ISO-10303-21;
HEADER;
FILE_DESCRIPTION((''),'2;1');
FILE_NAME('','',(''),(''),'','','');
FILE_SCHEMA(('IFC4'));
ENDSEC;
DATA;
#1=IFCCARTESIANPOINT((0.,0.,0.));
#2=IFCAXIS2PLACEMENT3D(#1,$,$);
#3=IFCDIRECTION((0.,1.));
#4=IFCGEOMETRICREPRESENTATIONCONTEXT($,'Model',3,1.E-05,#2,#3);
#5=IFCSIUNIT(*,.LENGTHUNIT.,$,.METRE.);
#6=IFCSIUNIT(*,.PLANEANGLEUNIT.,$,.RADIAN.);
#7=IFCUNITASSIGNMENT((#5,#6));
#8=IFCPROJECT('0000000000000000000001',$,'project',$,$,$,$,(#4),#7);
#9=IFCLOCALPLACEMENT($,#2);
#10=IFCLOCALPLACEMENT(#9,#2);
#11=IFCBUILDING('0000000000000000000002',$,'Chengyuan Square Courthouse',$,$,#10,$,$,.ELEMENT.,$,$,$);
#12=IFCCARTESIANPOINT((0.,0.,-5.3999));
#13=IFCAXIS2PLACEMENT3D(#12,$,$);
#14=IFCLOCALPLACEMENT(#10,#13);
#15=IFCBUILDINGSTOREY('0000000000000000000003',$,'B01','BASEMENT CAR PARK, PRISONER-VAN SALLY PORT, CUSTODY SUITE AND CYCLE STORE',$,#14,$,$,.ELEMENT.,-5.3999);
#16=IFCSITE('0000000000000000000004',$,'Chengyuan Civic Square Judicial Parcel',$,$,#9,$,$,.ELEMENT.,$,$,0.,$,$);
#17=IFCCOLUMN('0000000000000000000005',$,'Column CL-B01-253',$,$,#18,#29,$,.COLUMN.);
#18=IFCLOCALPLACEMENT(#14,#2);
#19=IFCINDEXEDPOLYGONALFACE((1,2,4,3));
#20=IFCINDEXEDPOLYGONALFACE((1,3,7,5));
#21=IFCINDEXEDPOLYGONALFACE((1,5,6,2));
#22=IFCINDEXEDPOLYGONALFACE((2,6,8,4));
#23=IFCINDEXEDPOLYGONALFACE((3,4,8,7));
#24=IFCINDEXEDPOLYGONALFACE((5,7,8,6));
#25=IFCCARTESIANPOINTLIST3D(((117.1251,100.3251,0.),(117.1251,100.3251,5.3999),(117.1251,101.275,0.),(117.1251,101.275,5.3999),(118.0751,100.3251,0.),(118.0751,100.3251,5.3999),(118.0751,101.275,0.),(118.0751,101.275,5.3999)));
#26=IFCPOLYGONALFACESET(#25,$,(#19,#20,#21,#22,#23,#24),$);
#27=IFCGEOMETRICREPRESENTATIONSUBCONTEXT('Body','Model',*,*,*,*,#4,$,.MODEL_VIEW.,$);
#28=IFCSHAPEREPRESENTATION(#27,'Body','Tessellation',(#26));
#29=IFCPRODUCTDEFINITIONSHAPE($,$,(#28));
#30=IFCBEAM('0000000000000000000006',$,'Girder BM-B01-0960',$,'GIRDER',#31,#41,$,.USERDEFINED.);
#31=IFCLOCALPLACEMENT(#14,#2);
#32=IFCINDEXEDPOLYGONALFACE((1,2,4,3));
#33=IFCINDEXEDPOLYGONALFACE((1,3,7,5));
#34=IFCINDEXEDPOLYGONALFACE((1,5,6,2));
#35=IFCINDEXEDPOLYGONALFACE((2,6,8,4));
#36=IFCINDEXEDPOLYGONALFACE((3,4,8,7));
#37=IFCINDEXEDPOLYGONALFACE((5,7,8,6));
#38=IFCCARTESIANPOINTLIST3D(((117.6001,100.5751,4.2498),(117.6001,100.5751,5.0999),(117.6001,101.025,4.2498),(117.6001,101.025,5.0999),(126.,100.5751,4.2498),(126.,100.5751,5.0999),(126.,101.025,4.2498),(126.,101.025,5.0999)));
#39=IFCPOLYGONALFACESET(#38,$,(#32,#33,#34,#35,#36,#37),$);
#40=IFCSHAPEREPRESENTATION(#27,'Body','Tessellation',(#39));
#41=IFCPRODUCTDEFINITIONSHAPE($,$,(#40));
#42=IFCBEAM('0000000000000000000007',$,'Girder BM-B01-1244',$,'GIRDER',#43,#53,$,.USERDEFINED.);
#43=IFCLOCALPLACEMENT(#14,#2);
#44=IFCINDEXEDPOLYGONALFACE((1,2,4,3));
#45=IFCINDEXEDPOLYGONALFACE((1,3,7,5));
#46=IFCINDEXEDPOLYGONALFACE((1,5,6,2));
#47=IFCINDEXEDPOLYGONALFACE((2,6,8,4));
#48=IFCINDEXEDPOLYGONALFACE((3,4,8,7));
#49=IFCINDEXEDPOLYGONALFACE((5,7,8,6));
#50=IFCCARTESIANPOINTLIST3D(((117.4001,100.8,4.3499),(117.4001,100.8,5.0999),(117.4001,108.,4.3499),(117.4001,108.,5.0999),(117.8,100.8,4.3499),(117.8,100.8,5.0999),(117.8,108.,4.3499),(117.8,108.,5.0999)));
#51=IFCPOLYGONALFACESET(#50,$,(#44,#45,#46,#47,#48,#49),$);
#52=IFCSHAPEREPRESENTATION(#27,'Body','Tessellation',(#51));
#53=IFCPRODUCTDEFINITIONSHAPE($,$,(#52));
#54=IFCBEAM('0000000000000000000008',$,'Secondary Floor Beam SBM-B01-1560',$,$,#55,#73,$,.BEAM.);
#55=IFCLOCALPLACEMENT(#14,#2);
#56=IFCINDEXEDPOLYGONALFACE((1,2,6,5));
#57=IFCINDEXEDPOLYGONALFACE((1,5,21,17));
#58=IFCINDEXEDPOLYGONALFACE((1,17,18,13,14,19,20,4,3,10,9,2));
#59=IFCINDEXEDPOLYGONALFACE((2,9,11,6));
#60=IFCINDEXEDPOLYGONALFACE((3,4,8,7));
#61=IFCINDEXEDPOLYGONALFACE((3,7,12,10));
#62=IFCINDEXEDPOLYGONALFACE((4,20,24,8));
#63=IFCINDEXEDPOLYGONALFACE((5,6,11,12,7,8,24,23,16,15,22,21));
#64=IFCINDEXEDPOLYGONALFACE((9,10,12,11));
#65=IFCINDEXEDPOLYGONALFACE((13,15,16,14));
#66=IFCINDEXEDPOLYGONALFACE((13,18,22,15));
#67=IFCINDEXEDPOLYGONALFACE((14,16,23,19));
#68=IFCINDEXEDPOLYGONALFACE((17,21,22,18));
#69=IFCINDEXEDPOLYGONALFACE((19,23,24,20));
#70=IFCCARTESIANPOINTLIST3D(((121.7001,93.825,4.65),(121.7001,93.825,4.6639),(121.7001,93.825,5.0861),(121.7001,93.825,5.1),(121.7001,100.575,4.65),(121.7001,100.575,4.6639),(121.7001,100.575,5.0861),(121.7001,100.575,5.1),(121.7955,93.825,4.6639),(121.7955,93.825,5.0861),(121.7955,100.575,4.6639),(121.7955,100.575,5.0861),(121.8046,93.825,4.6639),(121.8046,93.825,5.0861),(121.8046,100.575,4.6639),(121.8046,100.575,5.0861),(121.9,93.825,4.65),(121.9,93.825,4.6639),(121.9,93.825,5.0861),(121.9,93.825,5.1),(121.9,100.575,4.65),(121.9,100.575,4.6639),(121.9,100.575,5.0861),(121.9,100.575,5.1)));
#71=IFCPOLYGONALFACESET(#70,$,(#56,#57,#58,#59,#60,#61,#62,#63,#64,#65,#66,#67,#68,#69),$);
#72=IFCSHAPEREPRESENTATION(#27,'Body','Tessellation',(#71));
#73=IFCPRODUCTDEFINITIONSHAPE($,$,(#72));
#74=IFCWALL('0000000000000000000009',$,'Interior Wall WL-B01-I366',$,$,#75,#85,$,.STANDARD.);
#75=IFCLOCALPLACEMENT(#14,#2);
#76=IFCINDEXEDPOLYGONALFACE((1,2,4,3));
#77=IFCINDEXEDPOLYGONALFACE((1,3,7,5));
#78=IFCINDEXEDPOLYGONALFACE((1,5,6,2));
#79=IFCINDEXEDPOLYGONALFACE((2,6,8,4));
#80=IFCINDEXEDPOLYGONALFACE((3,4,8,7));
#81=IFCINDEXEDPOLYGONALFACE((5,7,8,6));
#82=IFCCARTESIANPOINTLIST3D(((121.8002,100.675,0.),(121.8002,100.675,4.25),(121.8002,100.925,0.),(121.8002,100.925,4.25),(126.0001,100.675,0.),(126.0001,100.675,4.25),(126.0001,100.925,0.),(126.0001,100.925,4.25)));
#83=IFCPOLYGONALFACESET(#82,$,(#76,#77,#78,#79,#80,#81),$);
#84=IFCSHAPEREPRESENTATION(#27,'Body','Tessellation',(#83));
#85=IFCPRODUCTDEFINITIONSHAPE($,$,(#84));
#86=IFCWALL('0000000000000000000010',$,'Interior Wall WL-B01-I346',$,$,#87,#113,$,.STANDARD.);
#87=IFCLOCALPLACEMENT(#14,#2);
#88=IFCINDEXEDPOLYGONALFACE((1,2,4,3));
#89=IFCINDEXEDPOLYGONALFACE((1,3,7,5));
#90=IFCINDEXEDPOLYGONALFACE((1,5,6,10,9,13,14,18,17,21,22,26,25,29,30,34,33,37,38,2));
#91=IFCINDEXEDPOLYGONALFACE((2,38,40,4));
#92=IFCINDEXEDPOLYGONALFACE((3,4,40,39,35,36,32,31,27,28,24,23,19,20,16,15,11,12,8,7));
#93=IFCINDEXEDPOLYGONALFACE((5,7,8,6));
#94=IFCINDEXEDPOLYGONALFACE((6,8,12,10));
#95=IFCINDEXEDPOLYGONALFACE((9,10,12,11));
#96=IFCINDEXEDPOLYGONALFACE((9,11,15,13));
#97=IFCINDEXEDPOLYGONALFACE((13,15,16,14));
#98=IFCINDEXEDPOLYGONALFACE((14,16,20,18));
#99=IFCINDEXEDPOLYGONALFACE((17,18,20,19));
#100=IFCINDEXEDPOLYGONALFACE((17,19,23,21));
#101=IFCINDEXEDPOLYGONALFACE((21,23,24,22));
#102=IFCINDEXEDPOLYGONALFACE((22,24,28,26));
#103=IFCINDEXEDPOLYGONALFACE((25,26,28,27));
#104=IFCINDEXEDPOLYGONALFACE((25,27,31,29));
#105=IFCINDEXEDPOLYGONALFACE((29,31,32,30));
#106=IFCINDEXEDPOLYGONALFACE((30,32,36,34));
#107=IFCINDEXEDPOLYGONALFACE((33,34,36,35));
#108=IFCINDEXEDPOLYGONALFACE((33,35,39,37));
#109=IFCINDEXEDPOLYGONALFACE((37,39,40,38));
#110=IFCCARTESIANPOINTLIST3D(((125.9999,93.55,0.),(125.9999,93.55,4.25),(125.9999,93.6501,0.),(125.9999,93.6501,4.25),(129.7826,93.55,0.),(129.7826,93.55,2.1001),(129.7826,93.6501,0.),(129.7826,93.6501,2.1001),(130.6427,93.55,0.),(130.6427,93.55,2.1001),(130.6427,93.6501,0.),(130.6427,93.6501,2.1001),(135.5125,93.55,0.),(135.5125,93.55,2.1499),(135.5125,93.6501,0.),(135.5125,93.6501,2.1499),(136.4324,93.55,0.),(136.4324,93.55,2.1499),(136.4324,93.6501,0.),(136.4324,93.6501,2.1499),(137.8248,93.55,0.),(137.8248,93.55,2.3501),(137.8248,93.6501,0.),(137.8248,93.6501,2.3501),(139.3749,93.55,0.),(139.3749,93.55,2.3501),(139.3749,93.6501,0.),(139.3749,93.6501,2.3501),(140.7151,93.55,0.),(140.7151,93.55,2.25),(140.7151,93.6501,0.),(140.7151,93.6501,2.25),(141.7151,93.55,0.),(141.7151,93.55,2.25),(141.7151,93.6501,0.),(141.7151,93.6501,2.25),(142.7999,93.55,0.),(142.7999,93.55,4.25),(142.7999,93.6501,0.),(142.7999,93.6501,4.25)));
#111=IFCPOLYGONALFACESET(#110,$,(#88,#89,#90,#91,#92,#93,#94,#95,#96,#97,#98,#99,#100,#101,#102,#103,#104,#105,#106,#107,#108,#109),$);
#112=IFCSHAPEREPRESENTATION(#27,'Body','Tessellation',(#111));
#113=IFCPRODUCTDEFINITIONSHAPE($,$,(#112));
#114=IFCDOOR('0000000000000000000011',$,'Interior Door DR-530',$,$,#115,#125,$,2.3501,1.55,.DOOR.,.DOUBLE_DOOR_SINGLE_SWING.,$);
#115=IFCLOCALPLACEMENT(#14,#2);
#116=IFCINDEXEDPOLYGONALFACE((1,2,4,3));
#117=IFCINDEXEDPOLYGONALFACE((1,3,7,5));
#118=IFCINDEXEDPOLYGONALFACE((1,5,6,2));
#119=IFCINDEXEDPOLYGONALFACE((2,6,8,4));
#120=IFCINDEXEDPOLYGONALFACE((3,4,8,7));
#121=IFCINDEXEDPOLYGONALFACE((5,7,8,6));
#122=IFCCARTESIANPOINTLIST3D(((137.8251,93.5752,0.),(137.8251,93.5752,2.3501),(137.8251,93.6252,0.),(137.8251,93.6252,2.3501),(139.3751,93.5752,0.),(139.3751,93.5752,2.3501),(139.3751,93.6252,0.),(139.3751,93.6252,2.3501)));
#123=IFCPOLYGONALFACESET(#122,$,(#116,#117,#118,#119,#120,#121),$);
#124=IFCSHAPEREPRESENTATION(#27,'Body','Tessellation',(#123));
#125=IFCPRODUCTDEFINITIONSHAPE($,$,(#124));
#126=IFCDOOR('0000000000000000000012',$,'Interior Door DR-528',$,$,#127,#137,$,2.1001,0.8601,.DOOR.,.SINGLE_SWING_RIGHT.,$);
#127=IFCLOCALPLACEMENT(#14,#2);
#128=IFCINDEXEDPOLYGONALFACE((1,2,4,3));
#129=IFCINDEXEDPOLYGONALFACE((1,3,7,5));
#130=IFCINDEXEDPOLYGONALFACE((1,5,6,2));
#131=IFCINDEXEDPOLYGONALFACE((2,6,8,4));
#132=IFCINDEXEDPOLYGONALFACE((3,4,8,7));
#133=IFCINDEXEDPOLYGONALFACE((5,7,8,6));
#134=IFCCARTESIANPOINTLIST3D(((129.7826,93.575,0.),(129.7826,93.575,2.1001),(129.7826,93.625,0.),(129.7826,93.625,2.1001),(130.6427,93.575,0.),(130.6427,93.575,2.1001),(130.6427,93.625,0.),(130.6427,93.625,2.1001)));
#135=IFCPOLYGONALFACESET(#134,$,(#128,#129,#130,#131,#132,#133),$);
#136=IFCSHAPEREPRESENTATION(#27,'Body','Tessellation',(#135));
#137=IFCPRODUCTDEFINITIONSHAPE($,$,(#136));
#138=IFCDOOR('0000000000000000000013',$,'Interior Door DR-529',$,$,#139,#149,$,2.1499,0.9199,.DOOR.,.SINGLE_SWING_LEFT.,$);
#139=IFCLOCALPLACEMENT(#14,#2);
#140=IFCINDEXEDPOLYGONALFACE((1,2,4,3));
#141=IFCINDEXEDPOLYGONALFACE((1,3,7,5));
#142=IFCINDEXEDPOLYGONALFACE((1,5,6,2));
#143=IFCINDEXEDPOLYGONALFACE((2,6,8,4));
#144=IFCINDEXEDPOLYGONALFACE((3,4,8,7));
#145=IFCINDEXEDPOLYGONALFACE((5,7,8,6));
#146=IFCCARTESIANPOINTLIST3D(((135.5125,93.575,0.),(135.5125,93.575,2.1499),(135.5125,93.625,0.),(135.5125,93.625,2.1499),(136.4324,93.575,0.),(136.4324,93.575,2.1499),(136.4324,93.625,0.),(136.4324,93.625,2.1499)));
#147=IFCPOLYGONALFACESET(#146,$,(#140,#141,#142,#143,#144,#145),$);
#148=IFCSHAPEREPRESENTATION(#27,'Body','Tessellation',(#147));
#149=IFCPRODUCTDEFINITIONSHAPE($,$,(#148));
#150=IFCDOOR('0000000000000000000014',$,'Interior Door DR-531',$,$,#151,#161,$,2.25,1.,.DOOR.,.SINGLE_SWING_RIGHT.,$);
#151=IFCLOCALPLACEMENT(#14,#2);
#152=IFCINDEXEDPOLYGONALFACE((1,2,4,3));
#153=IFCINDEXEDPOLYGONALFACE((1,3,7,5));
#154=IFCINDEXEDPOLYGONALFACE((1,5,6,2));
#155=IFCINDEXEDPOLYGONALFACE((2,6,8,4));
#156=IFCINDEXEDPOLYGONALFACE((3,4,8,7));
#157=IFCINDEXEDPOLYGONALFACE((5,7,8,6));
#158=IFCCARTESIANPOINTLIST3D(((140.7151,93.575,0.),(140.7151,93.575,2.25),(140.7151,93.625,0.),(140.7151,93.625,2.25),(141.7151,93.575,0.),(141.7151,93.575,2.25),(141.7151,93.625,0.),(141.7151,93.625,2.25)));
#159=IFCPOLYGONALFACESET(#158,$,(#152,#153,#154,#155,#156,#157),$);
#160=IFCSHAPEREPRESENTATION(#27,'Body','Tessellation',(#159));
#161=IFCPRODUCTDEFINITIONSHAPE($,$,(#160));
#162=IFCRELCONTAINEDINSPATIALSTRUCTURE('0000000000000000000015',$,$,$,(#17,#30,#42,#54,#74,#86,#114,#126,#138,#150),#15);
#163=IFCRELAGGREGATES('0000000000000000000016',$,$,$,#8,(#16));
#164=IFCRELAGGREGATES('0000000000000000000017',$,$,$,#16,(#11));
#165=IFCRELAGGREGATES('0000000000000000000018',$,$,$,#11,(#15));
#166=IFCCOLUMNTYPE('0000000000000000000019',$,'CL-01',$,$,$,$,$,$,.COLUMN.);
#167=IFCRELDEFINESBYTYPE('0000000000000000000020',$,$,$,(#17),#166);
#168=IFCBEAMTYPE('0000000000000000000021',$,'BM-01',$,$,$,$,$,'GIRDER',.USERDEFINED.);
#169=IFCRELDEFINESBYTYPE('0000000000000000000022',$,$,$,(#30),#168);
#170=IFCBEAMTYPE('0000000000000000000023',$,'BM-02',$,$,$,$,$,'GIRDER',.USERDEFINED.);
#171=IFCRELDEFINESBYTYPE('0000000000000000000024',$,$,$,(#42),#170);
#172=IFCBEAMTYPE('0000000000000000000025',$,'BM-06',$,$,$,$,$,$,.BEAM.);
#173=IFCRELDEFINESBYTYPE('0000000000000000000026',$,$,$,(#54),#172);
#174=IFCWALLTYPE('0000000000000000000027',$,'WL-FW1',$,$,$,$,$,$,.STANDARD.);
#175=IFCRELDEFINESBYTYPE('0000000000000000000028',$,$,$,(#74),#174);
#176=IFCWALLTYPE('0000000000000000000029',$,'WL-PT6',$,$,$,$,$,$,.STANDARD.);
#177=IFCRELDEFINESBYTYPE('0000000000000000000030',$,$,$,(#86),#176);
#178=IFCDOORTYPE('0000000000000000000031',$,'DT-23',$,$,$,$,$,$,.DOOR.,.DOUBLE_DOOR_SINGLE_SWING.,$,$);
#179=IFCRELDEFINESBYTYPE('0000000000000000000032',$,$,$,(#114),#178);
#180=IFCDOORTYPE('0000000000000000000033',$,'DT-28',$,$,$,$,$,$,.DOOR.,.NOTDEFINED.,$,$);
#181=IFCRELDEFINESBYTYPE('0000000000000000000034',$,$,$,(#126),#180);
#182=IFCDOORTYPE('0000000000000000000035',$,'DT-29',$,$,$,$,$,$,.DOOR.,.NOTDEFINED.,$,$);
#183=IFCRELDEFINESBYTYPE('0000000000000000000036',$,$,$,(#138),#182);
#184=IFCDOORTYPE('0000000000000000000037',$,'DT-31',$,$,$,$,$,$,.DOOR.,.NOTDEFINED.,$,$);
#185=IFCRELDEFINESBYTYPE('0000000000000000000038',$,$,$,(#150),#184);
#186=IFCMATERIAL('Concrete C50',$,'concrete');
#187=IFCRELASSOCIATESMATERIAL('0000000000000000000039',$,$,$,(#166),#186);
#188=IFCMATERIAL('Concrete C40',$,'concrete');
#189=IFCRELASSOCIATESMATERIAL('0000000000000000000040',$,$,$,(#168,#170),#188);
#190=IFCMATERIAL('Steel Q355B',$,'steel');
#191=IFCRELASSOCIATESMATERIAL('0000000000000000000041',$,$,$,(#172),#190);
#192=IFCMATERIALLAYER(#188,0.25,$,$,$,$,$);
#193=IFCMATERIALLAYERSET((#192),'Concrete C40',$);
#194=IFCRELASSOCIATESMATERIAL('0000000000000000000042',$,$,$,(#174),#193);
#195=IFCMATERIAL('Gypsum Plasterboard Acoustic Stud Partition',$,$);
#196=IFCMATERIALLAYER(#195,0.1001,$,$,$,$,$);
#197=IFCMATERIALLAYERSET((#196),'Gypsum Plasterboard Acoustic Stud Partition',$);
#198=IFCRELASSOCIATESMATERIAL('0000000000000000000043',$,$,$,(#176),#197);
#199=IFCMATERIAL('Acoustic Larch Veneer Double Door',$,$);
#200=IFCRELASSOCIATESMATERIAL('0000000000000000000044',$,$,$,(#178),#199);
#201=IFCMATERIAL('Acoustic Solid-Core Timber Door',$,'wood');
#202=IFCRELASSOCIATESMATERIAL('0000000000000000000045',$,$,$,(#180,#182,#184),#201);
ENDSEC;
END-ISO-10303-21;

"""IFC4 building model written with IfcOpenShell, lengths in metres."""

from ifc_helpers import new_model, si_unit, direction, frame, frame_2d, origin, origin_2d, place, context, subcontext, project, spatial, rectangle, i_section, extrude, material, layer, layer_set, material_profile, profile_set, type_object, element, fill, save


model = new_model("IFC4")

# Units and contexts
model_context = context("Model", 3, precision=1e-05, world=origin(), true_north=direction((0.0, 1.0)))
body_context = subcontext(model_context, "Body", "Model", "MODEL_VIEW")
ifc_project = project(units=[si_unit("LENGTHUNIT", "METRE"), si_unit("PLANEANGLEUNIT", "RADIAN")], contexts=[model_context])

# Site, building, storey
site_placement = place(None, origin())
site = spatial("IfcSite", under=ifc_project, at=site_placement, Name="Chengyuan Civic Square Judicial Parcel", CompositionType="ELEMENT", RefElevation=0.0)
building_placement = place(site_placement, origin())
building = spatial("IfcBuilding", under=site, at=building_placement, Name="Chengyuan Square Courthouse", CompositionType="ELEMENT")
storey_placement = place(building_placement, frame((0.0, 0.0, -5.3999)))
storey = spatial("IfcBuildingStorey", under=building, at=storey_placement, Name="B01", Description="BASEMENT CAR PARK, PRISONER-VAN SALLY PORT, CUSTODY SUITE AND CYCLE STORE", CompositionType="ELEMENT", Elevation=-5.3999)

# Column
ifc_material_1 = material(Name="Concrete C50", Category="concrete")
ifc_material_profile_1 = material_profile(ifc_material_1, rectangle(XDim=0.95, YDim=0.95, at=origin_2d()), Name="RC-COL-950x950")
ifc_profile_set_1 = profile_set([ifc_material_profile_1], Name="Concrete C50")
column_type = type_object("IfcColumnType", Name="CL-01", PredefinedType="COLUMN", material=ifc_profile_set_1)
column_placement = place(storey_placement, frame((117.6001, 100.8, 0.0), z_axis=(0.0, 0.0, 1.0), x_axis=(1.0, 0.0, 0.0)))
element("IfcColumn", 1, at=column_placement, inside=storey, type_object=column_type, Name="Column CL-B01-253", PredefinedType="COLUMN", context=body_context, shape_type="SweptSolid", body=[
    extrude(rectangle(XDim=0.95, YDim=0.95, at=origin_2d()), origin(), (0.0, 0.0, 1.0), 5.3999),
])

# Beams
ifc_material_2 = material(Name="Concrete C40", Category="concrete")
ifc_material_profile_2 = material_profile(ifc_material_2, rectangle(XDim=0.45, YDim=0.8501, at=origin_2d()), Name="RC-BM-450x850")
ifc_profile_set_2 = profile_set([ifc_material_profile_2], Name="Concrete C40")
beam_type_1 = type_object("IfcBeamType", Name="BM-01", ElementType="GIRDER", PredefinedType="USERDEFINED", material=ifc_profile_set_2)
beam_1_placement = place(storey_placement, frame((117.6001, 100.8, 4.6748), z_axis=(1.0, 0.0, 0.0), x_axis=(0.0, 1.0, 0.0)))
element("IfcBeam", 2, at=beam_1_placement, inside=storey, type_object=beam_type_1, Name="Girder BM-B01-0960", ObjectType="GIRDER", PredefinedType="USERDEFINED", context=body_context, shape_type="SweptSolid", body=[
    extrude(rectangle(XDim=0.45, YDim=0.8501, at=origin_2d()), origin(), (0.0, 0.0, 1.0), 8.3999),
])
ifc_material_profile_3 = material_profile(ifc_material_2, rectangle(XDim=0.3999, YDim=0.75, at=origin_2d()), Name="RC-BM-400x750")
ifc_profile_set_3 = profile_set([ifc_material_profile_3], Name="Concrete C40")
beam_type_2 = type_object("IfcBeamType", Name="BM-02", ElementType="GIRDER", PredefinedType="USERDEFINED", material=ifc_profile_set_3)
beam_2_placement = place(storey_placement, frame((117.6001, 100.8, 4.7249), z_axis=(0.0, 1.0, 0.0), x_axis=(-1.0, 0.0, 0.0)))
element("IfcBeam", 3, at=beam_2_placement, inside=storey, type_object=beam_type_2, Name="Girder BM-B01-1244", ObjectType="GIRDER", PredefinedType="USERDEFINED", context=body_context, shape_type="SweptSolid", body=[
    extrude(rectangle(XDim=0.3999, YDim=0.75, at=origin_2d()), origin(), (0.0, 0.0, 1.0), 7.2),
])
ifc_material_3 = material(Name="Steel Q355B", Category="steel")
ifc_material_profile_4 = material_profile(ifc_material_3, i_section(OverallWidth=0.2, OverallDepth=0.45, WebThickness=0.009, FlangeThickness=0.0139, at=origin_2d()), Name="HN 450x200x9x14")
ifc_profile_set_4 = profile_set([ifc_material_profile_4], Name="Steel Q355B")
beam_type_3 = type_object("IfcBeamType", Name="BM-06", PredefinedType="BEAM", material=ifc_profile_set_4)
beam_3_placement = place(storey_placement, frame((121.8, 93.825, 4.875), z_axis=(0.0, 1.0, 0.0), x_axis=(-1.0, 0.0, 0.0)))
element("IfcBeam", 4, at=beam_3_placement, inside=storey, type_object=beam_type_3, Name="Secondary Floor Beam SBM-B01-1560", PredefinedType="BEAM", context=body_context, shape_type="SweptSolid", body=[
    extrude(i_section(OverallWidth=0.2, OverallDepth=0.45, WebThickness=0.009, FlangeThickness=0.0139, at=origin_2d()), origin(), (0.0, 0.0, 1.0), 6.75),
])

# Wall
ifc_layer_1 = layer(ifc_material_2, 0.25)
ifc_layer_set_1 = layer_set([ifc_layer_1], Name="Concrete C40")
wall_type_1 = type_object("IfcWallType", Name="WL-FW1", PredefinedType="STANDARD", material=ifc_layer_set_1)
wall_1_placement = place(storey_placement, frame((121.8, 100.8, 0.0), z_axis=(0.0, 0.0, 1.0), x_axis=(1.0, 0.0, 0.0)))
element("IfcWall", 5, at=wall_1_placement, inside=storey, type_object=wall_type_1, Name="Interior Wall WL-B01-I366", PredefinedType="STANDARD", context=body_context, shape_type="SweptSolid", body=[
    extrude(rectangle(XDim=4.2, YDim=0.25, at=frame_2d((2.1001, 0.0))), origin(), (0.0, 0.0, 1.0), 4.25),
])

# Wall, openings, doors
ifc_material_4 = material(Name="Gypsum Plasterboard Acoustic Stud Partition")
ifc_layer_2 = layer(ifc_material_4, 0.1001)
ifc_layer_set_2 = layer_set([ifc_layer_2], Name="Gypsum Plasterboard Acoustic Stud Partition")
wall_type_2 = type_object("IfcWallType", Name="WL-PT6", PredefinedType="STANDARD", material=ifc_layer_set_2)
wall_2_placement = place(storey_placement, frame((126.0, 93.6001, 0.0), z_axis=(0.0, 0.0, 1.0), x_axis=(1.0, 0.0, 0.0)))
wall_2 = element("IfcWall", 6, at=wall_2_placement, inside=storey, type_object=wall_type_2, Name="Interior Wall WL-B01-I346", PredefinedType="STANDARD", context=body_context, shape_type="SweptSolid", body=[
    extrude(rectangle(XDim=16.8, YDim=0.1001, at=frame_2d((8.3999, 0.0))), origin(), (0.0, 0.0, 1.0), 4.25),
])
opening_1_placement = place(wall_2_placement, frame((3.7825, 0.0, 0.0)))
opening_1 = element("IfcOpeningElement", 7, at=opening_1_placement, cuts=wall_2, PredefinedType="OPENING", context=body_context, shape_type="SweptSolid", body=[
    extrude(rectangle(XDim=0.8601, YDim=2.1001, at=frame_2d((0.4302, 1.05))), frame((0.0, 0.062, 0.0), z_axis=(0.0, -1.0, 0.0), x_axis=(1.0, 0.0, 0.0)), (0.0, 0.0, 1.0), 0.124),
])
opening_2_placement = place(wall_2_placement, frame((9.5125, 0.0, 0.0)))
opening_2 = element("IfcOpeningElement", 8, at=opening_2_placement, cuts=wall_2, PredefinedType="OPENING", context=body_context, shape_type="SweptSolid", body=[
    extrude(rectangle(XDim=0.9199, YDim=2.1499, at=frame_2d((0.46, 1.075))), frame((0.0, 0.062, 0.0), z_axis=(0.0, -1.0, 0.0), x_axis=(1.0, 0.0, 0.0)), (0.0, 0.0, 1.0), 0.124),
])
opening_3_placement = place(wall_2_placement, frame((11.825, 0.0, 0.0)))
opening_3 = element("IfcOpeningElement", 9, at=opening_3_placement, cuts=wall_2, PredefinedType="OPENING", context=body_context, shape_type="SweptSolid", body=[
    extrude(rectangle(XDim=1.55, YDim=2.3501, at=frame_2d((0.7749, 1.175))), frame((0.0, 0.062, 0.0), z_axis=(0.0, -1.0, 0.0), x_axis=(1.0, 0.0, 0.0)), (0.0, 0.0, 1.0), 0.124),
])
opening_4_placement = place(wall_2_placement, frame((14.7151, 0.0, 0.0)))
opening_4 = element("IfcOpeningElement", 10, at=opening_4_placement, cuts=wall_2, PredefinedType="OPENING", context=body_context, shape_type="SweptSolid", body=[
    extrude(rectangle(XDim=1.0, YDim=2.25, at=frame_2d((0.5, 1.125))), frame((0.0, 0.062, 0.0), z_axis=(0.0, -1.0, 0.0), x_axis=(1.0, 0.0, 0.0)), (0.0, 0.0, 1.0), 0.124),
])
ifc_material_5 = material(Name="Acoustic Larch Veneer Double Door")
door_type_1 = type_object("IfcDoorType", Name="DT-23", OperationType="DOUBLE_DOOR_SINGLE_SWING", PredefinedType="DOOR", material=ifc_material_5)
door_1_placement = place(opening_3_placement, frame((1.55, 0.0, 0.0), z_axis=(0.0, 0.0, 1.0), x_axis=(-1.0, 0.0, 0.0)))
door_1 = element("IfcDoor", 11, at=door_1_placement, inside=storey, type_object=door_type_1, Name="Interior Door DR-530", OperationType="DOUBLE_DOOR_SINGLE_SWING", OverallHeight=2.3501, OverallWidth=1.55, PredefinedType="DOOR", context=body_context, shape_type="SweptSolid", body=[
    extrude(rectangle(XDim=1.55, YDim=2.3501, at=frame_2d((0.7749, 1.175))), frame((0.0, 0.0249, 0.0), z_axis=(0.0, -1.0, 0.0), x_axis=(1.0, 0.0, 0.0)), (0.0, 0.0, 1.0), 0.05),
])
fill(opening_3, door_1)
ifc_material_6 = material(Name="Acoustic Solid-Core Timber Door", Category="wood")
door_type_2 = type_object("IfcDoorType", Name="DT-28", OperationType="NOTDEFINED", PredefinedType="DOOR", material=ifc_material_6)
door_2_placement = place(opening_1_placement, origin())
door_2 = element("IfcDoor", 12, at=door_2_placement, inside=storey, type_object=door_type_2, Name="Interior Door DR-528", OperationType="SINGLE_SWING_RIGHT", OverallHeight=2.1001, OverallWidth=0.8601, PredefinedType="DOOR", context=body_context, shape_type="SweptSolid", body=[
    extrude(rectangle(XDim=0.8601, YDim=2.1001, at=frame_2d((0.4302, 1.05))), frame((0.0, 0.0249, 0.0), z_axis=(0.0, -1.0, 0.0), x_axis=(1.0, 0.0, 0.0)), (0.0, 0.0, 1.0), 0.05),
])
fill(opening_1, door_2)
door_type_3 = type_object("IfcDoorType", Name="DT-29", OperationType="NOTDEFINED", PredefinedType="DOOR", material=ifc_material_6)
door_3_placement = place(opening_2_placement, origin())
door_3 = element("IfcDoor", 13, at=door_3_placement, inside=storey, type_object=door_type_3, Name="Interior Door DR-529", OperationType="SINGLE_SWING_LEFT", OverallHeight=2.1499, OverallWidth=0.9199, PredefinedType="DOOR", context=body_context, shape_type="SweptSolid", body=[
    extrude(rectangle(XDim=0.9199, YDim=2.1499, at=frame_2d((0.46, 1.075))), frame((0.0, 0.0249, 0.0), z_axis=(0.0, -1.0, 0.0), x_axis=(1.0, 0.0, 0.0)), (0.0, 0.0, 1.0), 0.05),
])
fill(opening_2, door_3)
door_type_4 = type_object("IfcDoorType", Name="DT-31", OperationType="NOTDEFINED", PredefinedType="DOOR", material=ifc_material_6)
door_4_placement = place(opening_4_placement, origin())
door_4 = element("IfcDoor", 14, at=door_4_placement, inside=storey, type_object=door_type_4, Name="Interior Door DR-531", OperationType="SINGLE_SWING_RIGHT", OverallHeight=2.25, OverallWidth=1.0, PredefinedType="DOOR", context=body_context, shape_type="SweptSolid", body=[
    extrude(rectangle(XDim=1.0, YDim=2.25, at=frame_2d((0.5, 1.125))), frame((0.0, 0.0249, 0.0), z_axis=(0.0, -1.0, 0.0), x_axis=(1.0, 0.0, 0.0)), (0.0, 0.0, 1.0), 0.05),
])
fill(opening_4, door_4)

save(model, "model.ifc")
